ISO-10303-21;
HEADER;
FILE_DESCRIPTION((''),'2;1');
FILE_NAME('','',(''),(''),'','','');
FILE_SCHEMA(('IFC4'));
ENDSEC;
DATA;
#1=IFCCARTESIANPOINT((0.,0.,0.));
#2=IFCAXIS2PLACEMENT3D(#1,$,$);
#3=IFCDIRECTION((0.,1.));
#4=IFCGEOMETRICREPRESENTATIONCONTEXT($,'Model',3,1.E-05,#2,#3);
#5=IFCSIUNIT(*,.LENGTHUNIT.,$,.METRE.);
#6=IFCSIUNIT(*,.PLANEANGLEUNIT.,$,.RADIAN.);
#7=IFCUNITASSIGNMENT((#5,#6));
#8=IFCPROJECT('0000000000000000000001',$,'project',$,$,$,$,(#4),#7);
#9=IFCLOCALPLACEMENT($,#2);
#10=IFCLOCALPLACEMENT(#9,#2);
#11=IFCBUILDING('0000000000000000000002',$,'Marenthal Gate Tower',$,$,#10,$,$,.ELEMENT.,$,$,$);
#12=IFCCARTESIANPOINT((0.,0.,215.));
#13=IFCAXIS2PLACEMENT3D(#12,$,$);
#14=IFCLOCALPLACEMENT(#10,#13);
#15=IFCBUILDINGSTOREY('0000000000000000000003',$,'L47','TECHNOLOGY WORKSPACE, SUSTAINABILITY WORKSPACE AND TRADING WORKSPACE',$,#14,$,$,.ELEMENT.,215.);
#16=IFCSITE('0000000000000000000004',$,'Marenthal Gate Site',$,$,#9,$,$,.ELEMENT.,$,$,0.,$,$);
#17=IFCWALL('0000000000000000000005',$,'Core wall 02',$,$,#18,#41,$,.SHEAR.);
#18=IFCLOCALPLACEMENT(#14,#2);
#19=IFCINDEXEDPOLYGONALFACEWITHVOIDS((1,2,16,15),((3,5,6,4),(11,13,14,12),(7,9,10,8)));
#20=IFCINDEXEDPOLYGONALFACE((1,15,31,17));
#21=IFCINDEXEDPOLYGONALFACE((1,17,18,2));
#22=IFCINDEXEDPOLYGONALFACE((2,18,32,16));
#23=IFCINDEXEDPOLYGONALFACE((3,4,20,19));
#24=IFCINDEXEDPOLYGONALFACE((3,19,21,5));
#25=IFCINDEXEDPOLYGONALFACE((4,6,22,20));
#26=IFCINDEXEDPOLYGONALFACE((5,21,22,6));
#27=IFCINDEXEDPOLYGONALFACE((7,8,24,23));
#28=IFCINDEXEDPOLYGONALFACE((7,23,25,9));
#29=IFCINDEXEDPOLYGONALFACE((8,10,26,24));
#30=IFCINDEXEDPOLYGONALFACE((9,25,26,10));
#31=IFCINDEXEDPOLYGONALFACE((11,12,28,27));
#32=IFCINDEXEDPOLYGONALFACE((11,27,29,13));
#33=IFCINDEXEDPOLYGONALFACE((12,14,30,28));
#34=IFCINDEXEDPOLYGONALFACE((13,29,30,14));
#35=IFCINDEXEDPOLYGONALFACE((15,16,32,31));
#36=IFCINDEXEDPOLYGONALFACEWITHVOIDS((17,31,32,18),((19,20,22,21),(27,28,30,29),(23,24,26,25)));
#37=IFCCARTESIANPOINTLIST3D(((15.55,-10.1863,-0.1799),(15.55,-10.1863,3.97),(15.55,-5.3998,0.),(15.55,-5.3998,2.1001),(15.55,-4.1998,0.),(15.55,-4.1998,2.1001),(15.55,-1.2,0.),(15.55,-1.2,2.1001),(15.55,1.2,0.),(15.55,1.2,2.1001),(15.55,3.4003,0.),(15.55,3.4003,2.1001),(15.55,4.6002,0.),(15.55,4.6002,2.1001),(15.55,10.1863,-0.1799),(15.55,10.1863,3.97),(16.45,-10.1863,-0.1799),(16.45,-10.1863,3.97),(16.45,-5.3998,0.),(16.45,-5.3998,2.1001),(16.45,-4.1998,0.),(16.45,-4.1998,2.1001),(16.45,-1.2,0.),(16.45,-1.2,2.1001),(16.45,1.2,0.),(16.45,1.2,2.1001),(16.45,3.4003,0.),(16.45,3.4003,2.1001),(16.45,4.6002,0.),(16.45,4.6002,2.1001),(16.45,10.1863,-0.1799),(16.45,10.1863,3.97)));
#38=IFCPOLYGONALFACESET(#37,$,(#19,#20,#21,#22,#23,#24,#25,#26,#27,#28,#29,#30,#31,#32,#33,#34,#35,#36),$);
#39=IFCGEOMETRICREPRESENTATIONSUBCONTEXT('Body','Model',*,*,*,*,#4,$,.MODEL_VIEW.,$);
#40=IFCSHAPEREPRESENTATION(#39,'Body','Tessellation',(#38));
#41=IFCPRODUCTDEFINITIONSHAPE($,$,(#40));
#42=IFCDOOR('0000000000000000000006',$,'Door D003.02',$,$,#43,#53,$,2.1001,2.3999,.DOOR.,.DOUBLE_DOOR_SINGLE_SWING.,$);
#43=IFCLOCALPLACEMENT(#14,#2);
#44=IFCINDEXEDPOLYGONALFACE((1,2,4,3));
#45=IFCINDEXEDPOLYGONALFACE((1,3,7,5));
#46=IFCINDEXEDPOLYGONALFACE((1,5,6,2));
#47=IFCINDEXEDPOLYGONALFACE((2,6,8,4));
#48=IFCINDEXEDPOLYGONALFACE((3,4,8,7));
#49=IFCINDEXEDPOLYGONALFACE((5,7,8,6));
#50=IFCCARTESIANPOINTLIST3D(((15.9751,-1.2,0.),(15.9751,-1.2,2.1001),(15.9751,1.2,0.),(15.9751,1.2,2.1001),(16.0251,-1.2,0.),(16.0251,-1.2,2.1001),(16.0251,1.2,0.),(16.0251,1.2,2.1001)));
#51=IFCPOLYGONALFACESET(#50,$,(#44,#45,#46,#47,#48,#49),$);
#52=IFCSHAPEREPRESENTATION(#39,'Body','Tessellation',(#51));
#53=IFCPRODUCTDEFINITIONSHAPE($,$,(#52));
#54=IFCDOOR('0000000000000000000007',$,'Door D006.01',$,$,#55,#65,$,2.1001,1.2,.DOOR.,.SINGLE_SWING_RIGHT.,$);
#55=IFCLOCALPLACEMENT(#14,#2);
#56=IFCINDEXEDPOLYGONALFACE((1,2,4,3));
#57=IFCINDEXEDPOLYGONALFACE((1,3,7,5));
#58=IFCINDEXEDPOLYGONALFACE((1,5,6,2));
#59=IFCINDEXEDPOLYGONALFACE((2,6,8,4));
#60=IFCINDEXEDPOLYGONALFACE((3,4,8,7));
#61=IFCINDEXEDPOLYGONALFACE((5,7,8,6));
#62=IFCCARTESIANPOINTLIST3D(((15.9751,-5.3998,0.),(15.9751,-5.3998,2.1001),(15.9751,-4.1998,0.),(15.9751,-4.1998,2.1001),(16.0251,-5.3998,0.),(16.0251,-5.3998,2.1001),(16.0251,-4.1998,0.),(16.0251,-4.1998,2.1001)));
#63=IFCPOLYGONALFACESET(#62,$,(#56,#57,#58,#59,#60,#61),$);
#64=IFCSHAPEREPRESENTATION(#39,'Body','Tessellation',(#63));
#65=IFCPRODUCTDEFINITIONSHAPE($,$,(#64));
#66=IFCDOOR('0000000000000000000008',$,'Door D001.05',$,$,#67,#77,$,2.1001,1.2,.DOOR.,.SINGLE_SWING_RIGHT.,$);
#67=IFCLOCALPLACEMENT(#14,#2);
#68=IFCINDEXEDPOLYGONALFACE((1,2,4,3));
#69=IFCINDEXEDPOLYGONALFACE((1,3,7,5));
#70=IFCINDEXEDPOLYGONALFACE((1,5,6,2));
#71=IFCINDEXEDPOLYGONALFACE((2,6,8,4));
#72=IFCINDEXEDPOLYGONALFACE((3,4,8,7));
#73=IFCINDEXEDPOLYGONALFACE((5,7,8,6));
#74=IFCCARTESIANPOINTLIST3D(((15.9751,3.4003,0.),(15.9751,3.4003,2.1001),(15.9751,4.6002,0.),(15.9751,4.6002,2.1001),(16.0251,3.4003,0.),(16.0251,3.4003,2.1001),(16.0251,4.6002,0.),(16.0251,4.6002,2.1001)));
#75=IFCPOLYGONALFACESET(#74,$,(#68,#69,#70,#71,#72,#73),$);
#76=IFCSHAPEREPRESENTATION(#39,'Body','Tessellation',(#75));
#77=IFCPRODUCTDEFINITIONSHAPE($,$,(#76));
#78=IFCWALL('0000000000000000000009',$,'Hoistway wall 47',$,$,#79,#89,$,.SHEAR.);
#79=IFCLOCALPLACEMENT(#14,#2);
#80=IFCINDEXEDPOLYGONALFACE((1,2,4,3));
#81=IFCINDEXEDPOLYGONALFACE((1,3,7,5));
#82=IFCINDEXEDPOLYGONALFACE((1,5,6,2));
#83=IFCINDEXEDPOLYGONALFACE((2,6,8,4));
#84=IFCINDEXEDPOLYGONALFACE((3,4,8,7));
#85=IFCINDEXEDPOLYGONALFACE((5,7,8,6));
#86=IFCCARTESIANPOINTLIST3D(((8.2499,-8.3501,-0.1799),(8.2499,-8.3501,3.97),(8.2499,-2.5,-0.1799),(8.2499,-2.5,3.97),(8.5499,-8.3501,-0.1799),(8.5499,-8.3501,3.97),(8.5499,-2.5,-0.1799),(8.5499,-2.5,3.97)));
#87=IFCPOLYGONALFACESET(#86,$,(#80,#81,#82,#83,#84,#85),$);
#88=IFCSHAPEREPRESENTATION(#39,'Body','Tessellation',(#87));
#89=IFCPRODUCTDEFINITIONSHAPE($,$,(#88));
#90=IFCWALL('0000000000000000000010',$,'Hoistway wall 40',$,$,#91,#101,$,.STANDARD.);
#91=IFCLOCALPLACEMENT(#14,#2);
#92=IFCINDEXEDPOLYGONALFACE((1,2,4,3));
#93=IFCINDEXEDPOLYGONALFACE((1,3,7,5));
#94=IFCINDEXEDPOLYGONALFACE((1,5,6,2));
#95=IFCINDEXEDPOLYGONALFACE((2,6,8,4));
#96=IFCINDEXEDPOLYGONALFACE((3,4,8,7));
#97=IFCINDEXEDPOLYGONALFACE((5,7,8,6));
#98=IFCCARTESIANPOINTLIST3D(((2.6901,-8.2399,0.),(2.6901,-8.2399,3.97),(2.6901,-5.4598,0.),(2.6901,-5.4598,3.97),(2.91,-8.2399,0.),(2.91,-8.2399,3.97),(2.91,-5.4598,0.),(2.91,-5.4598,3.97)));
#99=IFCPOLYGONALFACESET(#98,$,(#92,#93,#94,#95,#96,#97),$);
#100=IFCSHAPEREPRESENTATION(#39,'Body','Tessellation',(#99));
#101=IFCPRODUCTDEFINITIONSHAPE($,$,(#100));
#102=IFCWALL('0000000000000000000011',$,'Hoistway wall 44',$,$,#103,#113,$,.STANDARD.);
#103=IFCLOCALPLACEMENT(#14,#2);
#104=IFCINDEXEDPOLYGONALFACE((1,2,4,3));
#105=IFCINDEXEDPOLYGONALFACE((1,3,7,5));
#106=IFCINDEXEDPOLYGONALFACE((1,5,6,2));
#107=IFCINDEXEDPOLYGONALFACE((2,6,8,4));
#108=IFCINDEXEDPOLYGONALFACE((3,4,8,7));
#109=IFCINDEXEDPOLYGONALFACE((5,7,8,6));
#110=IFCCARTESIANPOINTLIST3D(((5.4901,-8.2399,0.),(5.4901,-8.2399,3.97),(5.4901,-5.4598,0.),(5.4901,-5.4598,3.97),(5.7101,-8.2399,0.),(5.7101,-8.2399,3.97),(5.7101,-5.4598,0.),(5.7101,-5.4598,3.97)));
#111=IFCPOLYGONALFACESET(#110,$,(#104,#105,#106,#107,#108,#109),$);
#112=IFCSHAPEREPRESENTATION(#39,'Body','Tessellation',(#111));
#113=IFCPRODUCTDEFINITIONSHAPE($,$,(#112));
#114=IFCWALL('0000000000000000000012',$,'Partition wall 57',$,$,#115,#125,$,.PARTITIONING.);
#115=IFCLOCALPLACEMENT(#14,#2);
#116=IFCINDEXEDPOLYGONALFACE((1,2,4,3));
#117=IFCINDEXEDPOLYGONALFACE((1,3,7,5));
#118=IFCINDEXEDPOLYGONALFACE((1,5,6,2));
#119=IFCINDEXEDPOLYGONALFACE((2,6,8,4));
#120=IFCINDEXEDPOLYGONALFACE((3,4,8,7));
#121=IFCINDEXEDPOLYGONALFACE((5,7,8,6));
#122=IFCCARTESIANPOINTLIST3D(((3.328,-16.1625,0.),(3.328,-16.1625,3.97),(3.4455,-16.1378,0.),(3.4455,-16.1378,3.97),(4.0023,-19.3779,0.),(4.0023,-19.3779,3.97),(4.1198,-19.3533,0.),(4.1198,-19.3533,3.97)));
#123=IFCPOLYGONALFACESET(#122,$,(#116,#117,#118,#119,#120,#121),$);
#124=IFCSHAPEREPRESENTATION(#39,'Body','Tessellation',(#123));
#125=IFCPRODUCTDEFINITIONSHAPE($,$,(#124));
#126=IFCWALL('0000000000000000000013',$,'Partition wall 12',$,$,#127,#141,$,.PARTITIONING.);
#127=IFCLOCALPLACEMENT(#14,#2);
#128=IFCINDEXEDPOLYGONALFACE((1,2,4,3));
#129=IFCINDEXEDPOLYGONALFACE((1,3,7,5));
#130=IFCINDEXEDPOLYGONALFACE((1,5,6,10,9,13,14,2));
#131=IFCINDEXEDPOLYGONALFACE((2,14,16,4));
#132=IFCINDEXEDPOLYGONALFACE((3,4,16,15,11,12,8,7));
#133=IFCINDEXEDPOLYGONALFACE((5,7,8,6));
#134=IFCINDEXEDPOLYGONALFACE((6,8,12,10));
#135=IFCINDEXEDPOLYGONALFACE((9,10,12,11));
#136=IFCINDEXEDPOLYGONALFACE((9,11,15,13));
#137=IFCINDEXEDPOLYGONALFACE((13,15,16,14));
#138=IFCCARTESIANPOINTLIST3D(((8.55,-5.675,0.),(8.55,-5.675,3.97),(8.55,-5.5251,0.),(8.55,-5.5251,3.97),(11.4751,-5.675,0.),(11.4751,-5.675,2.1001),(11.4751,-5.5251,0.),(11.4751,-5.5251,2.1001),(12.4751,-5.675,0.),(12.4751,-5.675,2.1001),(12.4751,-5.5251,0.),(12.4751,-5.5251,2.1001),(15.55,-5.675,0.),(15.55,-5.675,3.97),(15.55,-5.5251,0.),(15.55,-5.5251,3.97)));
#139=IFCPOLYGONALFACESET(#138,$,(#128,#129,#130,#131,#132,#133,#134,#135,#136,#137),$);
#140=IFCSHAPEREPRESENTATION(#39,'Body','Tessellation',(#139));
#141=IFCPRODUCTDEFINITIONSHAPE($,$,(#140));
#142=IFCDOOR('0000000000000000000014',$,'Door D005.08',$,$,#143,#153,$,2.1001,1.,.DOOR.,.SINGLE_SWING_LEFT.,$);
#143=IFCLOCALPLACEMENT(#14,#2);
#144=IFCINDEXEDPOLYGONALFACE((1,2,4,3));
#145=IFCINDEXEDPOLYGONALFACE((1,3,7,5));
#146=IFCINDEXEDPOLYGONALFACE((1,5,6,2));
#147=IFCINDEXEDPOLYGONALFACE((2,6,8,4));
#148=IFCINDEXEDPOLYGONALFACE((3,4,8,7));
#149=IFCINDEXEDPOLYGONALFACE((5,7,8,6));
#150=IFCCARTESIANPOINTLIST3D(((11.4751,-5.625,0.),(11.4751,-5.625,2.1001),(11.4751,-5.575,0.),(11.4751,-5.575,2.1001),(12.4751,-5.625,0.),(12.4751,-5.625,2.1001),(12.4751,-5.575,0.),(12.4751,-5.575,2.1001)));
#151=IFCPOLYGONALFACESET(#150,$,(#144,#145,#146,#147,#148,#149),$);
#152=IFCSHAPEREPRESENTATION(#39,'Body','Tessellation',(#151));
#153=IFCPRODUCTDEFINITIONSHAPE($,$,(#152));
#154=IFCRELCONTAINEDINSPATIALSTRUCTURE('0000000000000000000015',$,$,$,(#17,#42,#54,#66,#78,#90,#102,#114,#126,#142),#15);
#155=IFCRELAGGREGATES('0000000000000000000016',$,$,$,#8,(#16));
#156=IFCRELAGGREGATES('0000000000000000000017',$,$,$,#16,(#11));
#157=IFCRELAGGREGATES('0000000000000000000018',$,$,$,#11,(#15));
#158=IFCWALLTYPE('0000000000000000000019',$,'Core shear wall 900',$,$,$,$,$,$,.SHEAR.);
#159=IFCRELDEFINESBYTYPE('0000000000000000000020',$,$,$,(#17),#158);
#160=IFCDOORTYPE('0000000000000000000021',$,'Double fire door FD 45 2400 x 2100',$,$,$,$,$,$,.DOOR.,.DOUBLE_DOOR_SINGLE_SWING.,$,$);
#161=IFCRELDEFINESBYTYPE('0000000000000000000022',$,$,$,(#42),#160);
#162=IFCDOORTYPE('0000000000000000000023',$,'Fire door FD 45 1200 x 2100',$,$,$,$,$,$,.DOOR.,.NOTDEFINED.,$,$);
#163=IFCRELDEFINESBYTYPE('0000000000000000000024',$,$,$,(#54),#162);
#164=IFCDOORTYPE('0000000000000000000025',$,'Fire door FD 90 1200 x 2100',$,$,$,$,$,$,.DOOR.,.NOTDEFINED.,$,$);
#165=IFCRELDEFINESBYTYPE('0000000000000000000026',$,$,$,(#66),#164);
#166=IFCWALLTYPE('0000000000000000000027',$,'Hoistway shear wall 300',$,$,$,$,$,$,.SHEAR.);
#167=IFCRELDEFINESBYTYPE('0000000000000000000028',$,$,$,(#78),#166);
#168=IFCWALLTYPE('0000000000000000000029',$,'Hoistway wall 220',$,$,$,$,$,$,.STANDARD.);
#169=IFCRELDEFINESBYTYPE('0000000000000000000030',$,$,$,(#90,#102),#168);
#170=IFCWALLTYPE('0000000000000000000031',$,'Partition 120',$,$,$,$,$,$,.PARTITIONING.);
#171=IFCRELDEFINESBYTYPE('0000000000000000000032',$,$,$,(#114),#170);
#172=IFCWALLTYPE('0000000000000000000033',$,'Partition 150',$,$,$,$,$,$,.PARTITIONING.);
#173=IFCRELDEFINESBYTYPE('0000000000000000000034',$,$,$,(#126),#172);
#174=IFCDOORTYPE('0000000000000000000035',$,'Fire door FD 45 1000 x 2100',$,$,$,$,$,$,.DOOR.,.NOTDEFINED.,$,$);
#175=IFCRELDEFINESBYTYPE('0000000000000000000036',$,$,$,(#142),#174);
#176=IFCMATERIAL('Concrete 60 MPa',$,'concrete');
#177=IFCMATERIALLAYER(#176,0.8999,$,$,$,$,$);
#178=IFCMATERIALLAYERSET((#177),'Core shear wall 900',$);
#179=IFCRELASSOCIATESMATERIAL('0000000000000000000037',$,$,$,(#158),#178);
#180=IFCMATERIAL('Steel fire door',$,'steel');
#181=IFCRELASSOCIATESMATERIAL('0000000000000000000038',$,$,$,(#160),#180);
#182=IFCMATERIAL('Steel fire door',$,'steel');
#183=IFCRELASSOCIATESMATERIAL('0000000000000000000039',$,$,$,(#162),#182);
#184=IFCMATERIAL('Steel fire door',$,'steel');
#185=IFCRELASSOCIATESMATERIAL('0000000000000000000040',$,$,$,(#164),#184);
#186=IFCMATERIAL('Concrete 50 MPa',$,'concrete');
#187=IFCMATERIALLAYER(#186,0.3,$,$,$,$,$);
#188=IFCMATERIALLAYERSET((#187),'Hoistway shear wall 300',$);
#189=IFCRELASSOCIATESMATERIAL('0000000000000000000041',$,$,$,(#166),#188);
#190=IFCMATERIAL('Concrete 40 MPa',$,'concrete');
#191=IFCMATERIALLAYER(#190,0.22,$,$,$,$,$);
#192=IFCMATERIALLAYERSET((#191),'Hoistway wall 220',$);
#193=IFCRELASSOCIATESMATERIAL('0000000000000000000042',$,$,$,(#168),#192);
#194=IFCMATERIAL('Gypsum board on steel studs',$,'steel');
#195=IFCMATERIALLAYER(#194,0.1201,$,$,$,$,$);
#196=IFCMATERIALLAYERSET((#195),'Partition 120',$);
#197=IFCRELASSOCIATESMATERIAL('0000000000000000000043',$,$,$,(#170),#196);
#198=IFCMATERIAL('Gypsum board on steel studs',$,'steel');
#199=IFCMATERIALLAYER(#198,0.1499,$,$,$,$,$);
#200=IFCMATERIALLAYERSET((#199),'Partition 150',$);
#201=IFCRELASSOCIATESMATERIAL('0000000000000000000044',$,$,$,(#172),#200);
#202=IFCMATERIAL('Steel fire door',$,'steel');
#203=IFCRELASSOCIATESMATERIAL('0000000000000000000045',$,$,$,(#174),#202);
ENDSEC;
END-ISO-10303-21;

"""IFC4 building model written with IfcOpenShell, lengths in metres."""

from ifc_helpers import new_model, si_unit, direction, frame, frame_2d, origin, place, context, subcontext, project, spatial, rectangle, extrude, material, layer, layer_set, type_object, element, fill, save


model = new_model("IFC4")

# Units and contexts
model_context = context("Model", 3, precision=1e-05, world=origin(), true_north=direction((0.0, 1.0)))
body_context = subcontext(model_context, "Body", "Model", "MODEL_VIEW")
ifc_project = project(units=[si_unit("LENGTHUNIT", "METRE"), si_unit("PLANEANGLEUNIT", "RADIAN")], contexts=[model_context])

# Site, building, storey
site_placement = place(None, origin())
site = spatial("IfcSite", under=ifc_project, at=site_placement, Name="Marenthal Gate Site", CompositionType="ELEMENT", RefElevation=0.0)
building_placement = place(site_placement, origin())
building = spatial("IfcBuilding", under=site, at=building_placement, Name="Marenthal Gate Tower", CompositionType="ELEMENT")
storey_placement = place(building_placement, frame((0.0, 0.0, 215.0)))
storey = spatial("IfcBuildingStorey", under=building, at=storey_placement, Name="L47", Description="TECHNOLOGY WORKSPACE, SUSTAINABILITY WORKSPACE AND TRADING WORKSPACE", CompositionType="ELEMENT", Elevation=215.0)

# Shared definitions
ifc_material_1 = material(Name="Concrete 60 MPa", Category="concrete")
ifc_layer_1 = layer(ifc_material_1, 0.8999)
ifc_layer_set_1 = layer_set([ifc_layer_1], Name="Core shear wall 900")
wall_type_1 = type_object("IfcWallType", Name="Core shear wall 900", PredefinedType="SHEAR", material=ifc_layer_set_1)

# Wall, openings, doors
wall_1_placement = place(storey_placement, frame((16.0, -10.1863, -0.1799), z_axis=(0.0, 0.0, 1.0), x_axis=(0.0, 1.0, 0.0)))
wall_1 = element("IfcWall", 1, at=wall_1_placement, inside=storey, type_object=wall_type_1, Name="Core wall 02", PredefinedType="SHEAR", context=body_context, shape_type="SweptSolid", body=[
    extrude(rectangle(XDim=20.3726, YDim=0.8999, at=frame_2d((10.1863, 0.0))), origin(), (0.0, 0.0, 1.0), 4.1499),
])
opening_1_placement = place(wall_1_placement, frame((8.9863, 0.0, 0.1799)))
opening_1 = element("IfcOpeningElement", 2, at=opening_1_placement, cuts=wall_1, PredefinedType="OPENING", context=body_context, shape_type="SweptSolid", body=[
    extrude(rectangle(XDim=2.3999, YDim=2.1001, at=frame_2d((1.2, 1.05))), frame((0.0, 0.46, 0.0), z_axis=(0.0, -1.0, 0.0), x_axis=(1.0, 0.0, 0.0)), (0.0, 0.0, 1.0), 0.9199),
])
opening_2_placement = place(wall_1_placement, frame((13.5864, 0.0, 0.1799)))
opening_2 = element("IfcOpeningElement", 3, at=opening_2_placement, cuts=wall_1, PredefinedType="OPENING", context=body_context, shape_type="SweptSolid", body=[
    extrude(rectangle(XDim=1.2, YDim=2.1001, at=frame_2d((0.6001, 1.05))), frame((0.0, 0.46, 0.0), z_axis=(0.0, -1.0, 0.0), x_axis=(1.0, 0.0, 0.0)), (0.0, 0.0, 1.0), 0.9199),
])
opening_3_placement = place(wall_1_placement, frame((4.7864, 0.0, 0.1799)))
opening_3 = element("IfcOpeningElement", 4, at=opening_3_placement, cuts=wall_1, PredefinedType="OPENING", context=body_context, shape_type="SweptSolid", body=[
    extrude(rectangle(XDim=1.2, YDim=2.1001, at=frame_2d((0.6001, 1.05))), frame((0.0, 0.46, 0.0), z_axis=(0.0, -1.0, 0.0), x_axis=(1.0, 0.0, 0.0)), (0.0, 0.0, 1.0), 0.9199),
])
ifc_material_2 = material(Name="Steel fire door", Category="steel")
door_type_1 = type_object("IfcDoorType", Name="Double fire door FD 45 2400 x 2100", OperationType="DOUBLE_DOOR_SINGLE_SWING", PredefinedType="DOOR", material=ifc_material_2)
door_1_placement = place(opening_1_placement, origin())
door_1 = element("IfcDoor", 5, at=door_1_placement, inside=storey, type_object=door_type_1, Name="Door D003.02", OperationType="DOUBLE_DOOR_SINGLE_SWING", OverallHeight=2.1001, OverallWidth=2.3999, PredefinedType="DOOR", context=body_context, shape_type="SweptSolid", body=[
    extrude(rectangle(XDim=2.3999, YDim=2.1001, at=frame_2d((1.2, 1.05))), frame((0.0, 0.0249, 0.0), z_axis=(0.0, -1.0, 0.0), x_axis=(1.0, 0.0, 0.0)), (0.0, 0.0, 1.0), 0.05),
])
fill(opening_1, door_1)
ifc_material_3 = material(Name="Steel fire door", Category="steel")
door_type_2 = type_object("IfcDoorType", Name="Fire door FD 45 1200 x 2100", OperationType="NOTDEFINED", PredefinedType="DOOR", material=ifc_material_3)
door_2_placement = place(opening_3_placement, origin())
door_2 = element("IfcDoor", 6, at=door_2_placement, inside=storey, type_object=door_type_2, Name="Door D006.01", OperationType="SINGLE_SWING_RIGHT", OverallHeight=2.1001, OverallWidth=1.2, PredefinedType="DOOR", context=body_context, shape_type="SweptSolid", body=[
    extrude(rectangle(XDim=1.2, YDim=2.1001, at=frame_2d((0.6001, 1.05))), frame((0.0, 0.0249, 0.0), z_axis=(0.0, -1.0, 0.0), x_axis=(1.0, 0.0, 0.0)), (0.0, 0.0, 1.0), 0.05),
])
fill(opening_3, door_2)
ifc_material_4 = material(Name="Steel fire door", Category="steel")
door_type_3 = type_object("IfcDoorType", Name="Fire door FD 90 1200 x 2100", OperationType="NOTDEFINED", PredefinedType="DOOR", material=ifc_material_4)
door_3_placement = place(opening_2_placement, origin())
door_3 = element("IfcDoor", 7, at=door_3_placement, inside=storey, type_object=door_type_3, Name="Door D001.05", OperationType="SINGLE_SWING_RIGHT", OverallHeight=2.1001, OverallWidth=1.2, PredefinedType="DOOR", context=body_context, shape_type="SweptSolid", body=[
    extrude(rectangle(XDim=1.2, YDim=2.1001, at=frame_2d((0.6001, 1.05))), frame((0.0, 0.0249, 0.0), z_axis=(0.0, -1.0, 0.0), x_axis=(1.0, 0.0, 0.0)), (0.0, 0.0, 1.0), 0.05),
])
fill(opening_2, door_3)

# Walls
ifc_material_5 = material(Name="Concrete 50 MPa", Category="concrete")
ifc_layer_2 = layer(ifc_material_5, 0.3)
ifc_layer_set_2 = layer_set([ifc_layer_2], Name="Hoistway shear wall 300")
wall_type_2 = type_object("IfcWallType", Name="Hoistway shear wall 300", PredefinedType="SHEAR", material=ifc_layer_set_2)
wall_2_placement = place(storey_placement, frame((8.3999, -8.3501, -0.1799), z_axis=(0.0, 0.0, 1.0), x_axis=(0.0, 1.0, 0.0)))
element("IfcWall", 8, at=wall_2_placement, inside=storey, type_object=wall_type_2, Name="Hoistway wall 47", PredefinedType="SHEAR", context=body_context, shape_type="SweptSolid", body=[
    extrude(rectangle(XDim=5.8501, YDim=0.3, at=frame_2d((2.925, 0.0))), origin(), (0.0, 0.0, 1.0), 4.1499),
])
ifc_material_6 = material(Name="Concrete 40 MPa", Category="concrete")
ifc_layer_3 = layer(ifc_material_6, 0.22)
ifc_layer_set_3 = layer_set([ifc_layer_3], Name="Hoistway wall 220")
wall_type_3 = type_object("IfcWallType", Name="Hoistway wall 220", PredefinedType="STANDARD", material=ifc_layer_set_3)
for number, where, z_axis, x_axis, name in (
    (9, (2.8, -8.24, 0.0), (0.0, 0.0, 1.0), (0.0, 1.0, 0.0), "Hoistway wall 40"),
    (10, (5.6001, -8.24, 0.0), (0.0, 0.0, 1.0), (0.0, 1.0, 0.0), "Hoistway wall 44"),
):
    element("IfcWall", number, at=place(storey_placement, frame(where, z_axis=z_axis, x_axis=x_axis)), inside=storey, type_object=wall_type_3, Name=name, PredefinedType="STANDARD", context=body_context, shape_type="SweptSolid", body=[
        extrude(rectangle(XDim=2.78, YDim=0.22, at=frame_2d((1.3901, 0.0))), origin(), (0.0, 0.0, 1.0), 3.97),
    ])
ifc_material_7 = material(Name="Gypsum board on steel studs", Category="steel")
ifc_layer_4 = layer(ifc_material_7, 0.1201)
ifc_layer_set_4 = layer_set([ifc_layer_4], Name="Partition 120")
wall_type_4 = type_object("IfcWallType", Name="Partition 120", PredefinedType="PARTITIONING", material=ifc_layer_set_4)
wall_3_placement = place(storey_placement, frame((4.061, -19.3655, 0.0), z_axis=(0.0, 0.0, 1.0), x_axis=(-0.205239, 0.978712, 0.0)))
element("IfcWall", 11, at=wall_3_placement, inside=storey, type_object=wall_type_4, Name="Partition wall 57", PredefinedType="PARTITIONING", context=body_context, shape_type="SweptSolid", body=[
    extrude(rectangle(XDim=3.2854, YDim=0.1201, at=frame_2d((1.6426, 0.0))), origin(), (0.0, 0.0, 1.0), 3.97),
])

# Wall, opening, door
ifc_material_8 = material(Name="Gypsum board on steel studs", Category="steel")
ifc_layer_5 = layer(ifc_material_8, 0.1499)
ifc_layer_set_5 = layer_set([ifc_layer_5], Name="Partition 150")
wall_type_5 = type_object("IfcWallType", Name="Partition 150", PredefinedType="PARTITIONING", material=ifc_layer_set_5)
wall_4_placement = place(storey_placement, frame((8.55, -5.6001, 0.0), z_axis=(0.0, 0.0, 1.0), x_axis=(1.0, 0.0, 0.0)))
wall_4 = element("IfcWall", 12, at=wall_4_placement, inside=storey, type_object=wall_type_5, Name="Partition wall 12", PredefinedType="PARTITIONING", context=body_context, shape_type="SweptSolid", body=[
    extrude(rectangle(XDim=7.0, YDim=0.1499, at=frame_2d((3.5, 0.0))), origin(), (0.0, 0.0, 1.0), 3.97),
])
opening_4_placement = place(wall_4_placement, frame((2.925, 0.0, 0.0)))
opening_4 = element("IfcOpeningElement", 13, at=opening_4_placement, cuts=wall_4, PredefinedType="OPENING", context=body_context, shape_type="SweptSolid", body=[
    extrude(rectangle(XDim=1.0, YDim=2.1001, at=frame_2d((0.5, 1.05))), frame((0.0, 0.085, 0.0), z_axis=(0.0, -1.0, 0.0), x_axis=(1.0, 0.0, 0.0)), (0.0, 0.0, 1.0), 0.1699),
])
ifc_material_9 = material(Name="Steel fire door", Category="steel")
door_type_4 = type_object("IfcDoorType", Name="Fire door FD 45 1000 x 2100", OperationType="NOTDEFINED", PredefinedType="DOOR", material=ifc_material_9)
door_4_placement = place(opening_4_placement, frame((1.0, 0.0, 0.0), z_axis=(0.0, 0.0, 1.0), x_axis=(-1.0, 0.0, 0.0)))
door_4 = element("IfcDoor", 14, at=door_4_placement, inside=storey, type_object=door_type_4, Name="Door D005.08", OperationType="SINGLE_SWING_LEFT", OverallHeight=2.1001, OverallWidth=1.0, PredefinedType="DOOR", context=body_context, shape_type="SweptSolid", body=[
    extrude(rectangle(XDim=1.0, YDim=2.1001, at=frame_2d((0.5, 1.05))), frame((0.0, 0.0249, 0.0), z_axis=(0.0, -1.0, 0.0), x_axis=(1.0, 0.0, 0.0)), (0.0, 0.0, 1.0), 0.05),
])
fill(opening_4, door_4)

save(model, "model.ifc")
